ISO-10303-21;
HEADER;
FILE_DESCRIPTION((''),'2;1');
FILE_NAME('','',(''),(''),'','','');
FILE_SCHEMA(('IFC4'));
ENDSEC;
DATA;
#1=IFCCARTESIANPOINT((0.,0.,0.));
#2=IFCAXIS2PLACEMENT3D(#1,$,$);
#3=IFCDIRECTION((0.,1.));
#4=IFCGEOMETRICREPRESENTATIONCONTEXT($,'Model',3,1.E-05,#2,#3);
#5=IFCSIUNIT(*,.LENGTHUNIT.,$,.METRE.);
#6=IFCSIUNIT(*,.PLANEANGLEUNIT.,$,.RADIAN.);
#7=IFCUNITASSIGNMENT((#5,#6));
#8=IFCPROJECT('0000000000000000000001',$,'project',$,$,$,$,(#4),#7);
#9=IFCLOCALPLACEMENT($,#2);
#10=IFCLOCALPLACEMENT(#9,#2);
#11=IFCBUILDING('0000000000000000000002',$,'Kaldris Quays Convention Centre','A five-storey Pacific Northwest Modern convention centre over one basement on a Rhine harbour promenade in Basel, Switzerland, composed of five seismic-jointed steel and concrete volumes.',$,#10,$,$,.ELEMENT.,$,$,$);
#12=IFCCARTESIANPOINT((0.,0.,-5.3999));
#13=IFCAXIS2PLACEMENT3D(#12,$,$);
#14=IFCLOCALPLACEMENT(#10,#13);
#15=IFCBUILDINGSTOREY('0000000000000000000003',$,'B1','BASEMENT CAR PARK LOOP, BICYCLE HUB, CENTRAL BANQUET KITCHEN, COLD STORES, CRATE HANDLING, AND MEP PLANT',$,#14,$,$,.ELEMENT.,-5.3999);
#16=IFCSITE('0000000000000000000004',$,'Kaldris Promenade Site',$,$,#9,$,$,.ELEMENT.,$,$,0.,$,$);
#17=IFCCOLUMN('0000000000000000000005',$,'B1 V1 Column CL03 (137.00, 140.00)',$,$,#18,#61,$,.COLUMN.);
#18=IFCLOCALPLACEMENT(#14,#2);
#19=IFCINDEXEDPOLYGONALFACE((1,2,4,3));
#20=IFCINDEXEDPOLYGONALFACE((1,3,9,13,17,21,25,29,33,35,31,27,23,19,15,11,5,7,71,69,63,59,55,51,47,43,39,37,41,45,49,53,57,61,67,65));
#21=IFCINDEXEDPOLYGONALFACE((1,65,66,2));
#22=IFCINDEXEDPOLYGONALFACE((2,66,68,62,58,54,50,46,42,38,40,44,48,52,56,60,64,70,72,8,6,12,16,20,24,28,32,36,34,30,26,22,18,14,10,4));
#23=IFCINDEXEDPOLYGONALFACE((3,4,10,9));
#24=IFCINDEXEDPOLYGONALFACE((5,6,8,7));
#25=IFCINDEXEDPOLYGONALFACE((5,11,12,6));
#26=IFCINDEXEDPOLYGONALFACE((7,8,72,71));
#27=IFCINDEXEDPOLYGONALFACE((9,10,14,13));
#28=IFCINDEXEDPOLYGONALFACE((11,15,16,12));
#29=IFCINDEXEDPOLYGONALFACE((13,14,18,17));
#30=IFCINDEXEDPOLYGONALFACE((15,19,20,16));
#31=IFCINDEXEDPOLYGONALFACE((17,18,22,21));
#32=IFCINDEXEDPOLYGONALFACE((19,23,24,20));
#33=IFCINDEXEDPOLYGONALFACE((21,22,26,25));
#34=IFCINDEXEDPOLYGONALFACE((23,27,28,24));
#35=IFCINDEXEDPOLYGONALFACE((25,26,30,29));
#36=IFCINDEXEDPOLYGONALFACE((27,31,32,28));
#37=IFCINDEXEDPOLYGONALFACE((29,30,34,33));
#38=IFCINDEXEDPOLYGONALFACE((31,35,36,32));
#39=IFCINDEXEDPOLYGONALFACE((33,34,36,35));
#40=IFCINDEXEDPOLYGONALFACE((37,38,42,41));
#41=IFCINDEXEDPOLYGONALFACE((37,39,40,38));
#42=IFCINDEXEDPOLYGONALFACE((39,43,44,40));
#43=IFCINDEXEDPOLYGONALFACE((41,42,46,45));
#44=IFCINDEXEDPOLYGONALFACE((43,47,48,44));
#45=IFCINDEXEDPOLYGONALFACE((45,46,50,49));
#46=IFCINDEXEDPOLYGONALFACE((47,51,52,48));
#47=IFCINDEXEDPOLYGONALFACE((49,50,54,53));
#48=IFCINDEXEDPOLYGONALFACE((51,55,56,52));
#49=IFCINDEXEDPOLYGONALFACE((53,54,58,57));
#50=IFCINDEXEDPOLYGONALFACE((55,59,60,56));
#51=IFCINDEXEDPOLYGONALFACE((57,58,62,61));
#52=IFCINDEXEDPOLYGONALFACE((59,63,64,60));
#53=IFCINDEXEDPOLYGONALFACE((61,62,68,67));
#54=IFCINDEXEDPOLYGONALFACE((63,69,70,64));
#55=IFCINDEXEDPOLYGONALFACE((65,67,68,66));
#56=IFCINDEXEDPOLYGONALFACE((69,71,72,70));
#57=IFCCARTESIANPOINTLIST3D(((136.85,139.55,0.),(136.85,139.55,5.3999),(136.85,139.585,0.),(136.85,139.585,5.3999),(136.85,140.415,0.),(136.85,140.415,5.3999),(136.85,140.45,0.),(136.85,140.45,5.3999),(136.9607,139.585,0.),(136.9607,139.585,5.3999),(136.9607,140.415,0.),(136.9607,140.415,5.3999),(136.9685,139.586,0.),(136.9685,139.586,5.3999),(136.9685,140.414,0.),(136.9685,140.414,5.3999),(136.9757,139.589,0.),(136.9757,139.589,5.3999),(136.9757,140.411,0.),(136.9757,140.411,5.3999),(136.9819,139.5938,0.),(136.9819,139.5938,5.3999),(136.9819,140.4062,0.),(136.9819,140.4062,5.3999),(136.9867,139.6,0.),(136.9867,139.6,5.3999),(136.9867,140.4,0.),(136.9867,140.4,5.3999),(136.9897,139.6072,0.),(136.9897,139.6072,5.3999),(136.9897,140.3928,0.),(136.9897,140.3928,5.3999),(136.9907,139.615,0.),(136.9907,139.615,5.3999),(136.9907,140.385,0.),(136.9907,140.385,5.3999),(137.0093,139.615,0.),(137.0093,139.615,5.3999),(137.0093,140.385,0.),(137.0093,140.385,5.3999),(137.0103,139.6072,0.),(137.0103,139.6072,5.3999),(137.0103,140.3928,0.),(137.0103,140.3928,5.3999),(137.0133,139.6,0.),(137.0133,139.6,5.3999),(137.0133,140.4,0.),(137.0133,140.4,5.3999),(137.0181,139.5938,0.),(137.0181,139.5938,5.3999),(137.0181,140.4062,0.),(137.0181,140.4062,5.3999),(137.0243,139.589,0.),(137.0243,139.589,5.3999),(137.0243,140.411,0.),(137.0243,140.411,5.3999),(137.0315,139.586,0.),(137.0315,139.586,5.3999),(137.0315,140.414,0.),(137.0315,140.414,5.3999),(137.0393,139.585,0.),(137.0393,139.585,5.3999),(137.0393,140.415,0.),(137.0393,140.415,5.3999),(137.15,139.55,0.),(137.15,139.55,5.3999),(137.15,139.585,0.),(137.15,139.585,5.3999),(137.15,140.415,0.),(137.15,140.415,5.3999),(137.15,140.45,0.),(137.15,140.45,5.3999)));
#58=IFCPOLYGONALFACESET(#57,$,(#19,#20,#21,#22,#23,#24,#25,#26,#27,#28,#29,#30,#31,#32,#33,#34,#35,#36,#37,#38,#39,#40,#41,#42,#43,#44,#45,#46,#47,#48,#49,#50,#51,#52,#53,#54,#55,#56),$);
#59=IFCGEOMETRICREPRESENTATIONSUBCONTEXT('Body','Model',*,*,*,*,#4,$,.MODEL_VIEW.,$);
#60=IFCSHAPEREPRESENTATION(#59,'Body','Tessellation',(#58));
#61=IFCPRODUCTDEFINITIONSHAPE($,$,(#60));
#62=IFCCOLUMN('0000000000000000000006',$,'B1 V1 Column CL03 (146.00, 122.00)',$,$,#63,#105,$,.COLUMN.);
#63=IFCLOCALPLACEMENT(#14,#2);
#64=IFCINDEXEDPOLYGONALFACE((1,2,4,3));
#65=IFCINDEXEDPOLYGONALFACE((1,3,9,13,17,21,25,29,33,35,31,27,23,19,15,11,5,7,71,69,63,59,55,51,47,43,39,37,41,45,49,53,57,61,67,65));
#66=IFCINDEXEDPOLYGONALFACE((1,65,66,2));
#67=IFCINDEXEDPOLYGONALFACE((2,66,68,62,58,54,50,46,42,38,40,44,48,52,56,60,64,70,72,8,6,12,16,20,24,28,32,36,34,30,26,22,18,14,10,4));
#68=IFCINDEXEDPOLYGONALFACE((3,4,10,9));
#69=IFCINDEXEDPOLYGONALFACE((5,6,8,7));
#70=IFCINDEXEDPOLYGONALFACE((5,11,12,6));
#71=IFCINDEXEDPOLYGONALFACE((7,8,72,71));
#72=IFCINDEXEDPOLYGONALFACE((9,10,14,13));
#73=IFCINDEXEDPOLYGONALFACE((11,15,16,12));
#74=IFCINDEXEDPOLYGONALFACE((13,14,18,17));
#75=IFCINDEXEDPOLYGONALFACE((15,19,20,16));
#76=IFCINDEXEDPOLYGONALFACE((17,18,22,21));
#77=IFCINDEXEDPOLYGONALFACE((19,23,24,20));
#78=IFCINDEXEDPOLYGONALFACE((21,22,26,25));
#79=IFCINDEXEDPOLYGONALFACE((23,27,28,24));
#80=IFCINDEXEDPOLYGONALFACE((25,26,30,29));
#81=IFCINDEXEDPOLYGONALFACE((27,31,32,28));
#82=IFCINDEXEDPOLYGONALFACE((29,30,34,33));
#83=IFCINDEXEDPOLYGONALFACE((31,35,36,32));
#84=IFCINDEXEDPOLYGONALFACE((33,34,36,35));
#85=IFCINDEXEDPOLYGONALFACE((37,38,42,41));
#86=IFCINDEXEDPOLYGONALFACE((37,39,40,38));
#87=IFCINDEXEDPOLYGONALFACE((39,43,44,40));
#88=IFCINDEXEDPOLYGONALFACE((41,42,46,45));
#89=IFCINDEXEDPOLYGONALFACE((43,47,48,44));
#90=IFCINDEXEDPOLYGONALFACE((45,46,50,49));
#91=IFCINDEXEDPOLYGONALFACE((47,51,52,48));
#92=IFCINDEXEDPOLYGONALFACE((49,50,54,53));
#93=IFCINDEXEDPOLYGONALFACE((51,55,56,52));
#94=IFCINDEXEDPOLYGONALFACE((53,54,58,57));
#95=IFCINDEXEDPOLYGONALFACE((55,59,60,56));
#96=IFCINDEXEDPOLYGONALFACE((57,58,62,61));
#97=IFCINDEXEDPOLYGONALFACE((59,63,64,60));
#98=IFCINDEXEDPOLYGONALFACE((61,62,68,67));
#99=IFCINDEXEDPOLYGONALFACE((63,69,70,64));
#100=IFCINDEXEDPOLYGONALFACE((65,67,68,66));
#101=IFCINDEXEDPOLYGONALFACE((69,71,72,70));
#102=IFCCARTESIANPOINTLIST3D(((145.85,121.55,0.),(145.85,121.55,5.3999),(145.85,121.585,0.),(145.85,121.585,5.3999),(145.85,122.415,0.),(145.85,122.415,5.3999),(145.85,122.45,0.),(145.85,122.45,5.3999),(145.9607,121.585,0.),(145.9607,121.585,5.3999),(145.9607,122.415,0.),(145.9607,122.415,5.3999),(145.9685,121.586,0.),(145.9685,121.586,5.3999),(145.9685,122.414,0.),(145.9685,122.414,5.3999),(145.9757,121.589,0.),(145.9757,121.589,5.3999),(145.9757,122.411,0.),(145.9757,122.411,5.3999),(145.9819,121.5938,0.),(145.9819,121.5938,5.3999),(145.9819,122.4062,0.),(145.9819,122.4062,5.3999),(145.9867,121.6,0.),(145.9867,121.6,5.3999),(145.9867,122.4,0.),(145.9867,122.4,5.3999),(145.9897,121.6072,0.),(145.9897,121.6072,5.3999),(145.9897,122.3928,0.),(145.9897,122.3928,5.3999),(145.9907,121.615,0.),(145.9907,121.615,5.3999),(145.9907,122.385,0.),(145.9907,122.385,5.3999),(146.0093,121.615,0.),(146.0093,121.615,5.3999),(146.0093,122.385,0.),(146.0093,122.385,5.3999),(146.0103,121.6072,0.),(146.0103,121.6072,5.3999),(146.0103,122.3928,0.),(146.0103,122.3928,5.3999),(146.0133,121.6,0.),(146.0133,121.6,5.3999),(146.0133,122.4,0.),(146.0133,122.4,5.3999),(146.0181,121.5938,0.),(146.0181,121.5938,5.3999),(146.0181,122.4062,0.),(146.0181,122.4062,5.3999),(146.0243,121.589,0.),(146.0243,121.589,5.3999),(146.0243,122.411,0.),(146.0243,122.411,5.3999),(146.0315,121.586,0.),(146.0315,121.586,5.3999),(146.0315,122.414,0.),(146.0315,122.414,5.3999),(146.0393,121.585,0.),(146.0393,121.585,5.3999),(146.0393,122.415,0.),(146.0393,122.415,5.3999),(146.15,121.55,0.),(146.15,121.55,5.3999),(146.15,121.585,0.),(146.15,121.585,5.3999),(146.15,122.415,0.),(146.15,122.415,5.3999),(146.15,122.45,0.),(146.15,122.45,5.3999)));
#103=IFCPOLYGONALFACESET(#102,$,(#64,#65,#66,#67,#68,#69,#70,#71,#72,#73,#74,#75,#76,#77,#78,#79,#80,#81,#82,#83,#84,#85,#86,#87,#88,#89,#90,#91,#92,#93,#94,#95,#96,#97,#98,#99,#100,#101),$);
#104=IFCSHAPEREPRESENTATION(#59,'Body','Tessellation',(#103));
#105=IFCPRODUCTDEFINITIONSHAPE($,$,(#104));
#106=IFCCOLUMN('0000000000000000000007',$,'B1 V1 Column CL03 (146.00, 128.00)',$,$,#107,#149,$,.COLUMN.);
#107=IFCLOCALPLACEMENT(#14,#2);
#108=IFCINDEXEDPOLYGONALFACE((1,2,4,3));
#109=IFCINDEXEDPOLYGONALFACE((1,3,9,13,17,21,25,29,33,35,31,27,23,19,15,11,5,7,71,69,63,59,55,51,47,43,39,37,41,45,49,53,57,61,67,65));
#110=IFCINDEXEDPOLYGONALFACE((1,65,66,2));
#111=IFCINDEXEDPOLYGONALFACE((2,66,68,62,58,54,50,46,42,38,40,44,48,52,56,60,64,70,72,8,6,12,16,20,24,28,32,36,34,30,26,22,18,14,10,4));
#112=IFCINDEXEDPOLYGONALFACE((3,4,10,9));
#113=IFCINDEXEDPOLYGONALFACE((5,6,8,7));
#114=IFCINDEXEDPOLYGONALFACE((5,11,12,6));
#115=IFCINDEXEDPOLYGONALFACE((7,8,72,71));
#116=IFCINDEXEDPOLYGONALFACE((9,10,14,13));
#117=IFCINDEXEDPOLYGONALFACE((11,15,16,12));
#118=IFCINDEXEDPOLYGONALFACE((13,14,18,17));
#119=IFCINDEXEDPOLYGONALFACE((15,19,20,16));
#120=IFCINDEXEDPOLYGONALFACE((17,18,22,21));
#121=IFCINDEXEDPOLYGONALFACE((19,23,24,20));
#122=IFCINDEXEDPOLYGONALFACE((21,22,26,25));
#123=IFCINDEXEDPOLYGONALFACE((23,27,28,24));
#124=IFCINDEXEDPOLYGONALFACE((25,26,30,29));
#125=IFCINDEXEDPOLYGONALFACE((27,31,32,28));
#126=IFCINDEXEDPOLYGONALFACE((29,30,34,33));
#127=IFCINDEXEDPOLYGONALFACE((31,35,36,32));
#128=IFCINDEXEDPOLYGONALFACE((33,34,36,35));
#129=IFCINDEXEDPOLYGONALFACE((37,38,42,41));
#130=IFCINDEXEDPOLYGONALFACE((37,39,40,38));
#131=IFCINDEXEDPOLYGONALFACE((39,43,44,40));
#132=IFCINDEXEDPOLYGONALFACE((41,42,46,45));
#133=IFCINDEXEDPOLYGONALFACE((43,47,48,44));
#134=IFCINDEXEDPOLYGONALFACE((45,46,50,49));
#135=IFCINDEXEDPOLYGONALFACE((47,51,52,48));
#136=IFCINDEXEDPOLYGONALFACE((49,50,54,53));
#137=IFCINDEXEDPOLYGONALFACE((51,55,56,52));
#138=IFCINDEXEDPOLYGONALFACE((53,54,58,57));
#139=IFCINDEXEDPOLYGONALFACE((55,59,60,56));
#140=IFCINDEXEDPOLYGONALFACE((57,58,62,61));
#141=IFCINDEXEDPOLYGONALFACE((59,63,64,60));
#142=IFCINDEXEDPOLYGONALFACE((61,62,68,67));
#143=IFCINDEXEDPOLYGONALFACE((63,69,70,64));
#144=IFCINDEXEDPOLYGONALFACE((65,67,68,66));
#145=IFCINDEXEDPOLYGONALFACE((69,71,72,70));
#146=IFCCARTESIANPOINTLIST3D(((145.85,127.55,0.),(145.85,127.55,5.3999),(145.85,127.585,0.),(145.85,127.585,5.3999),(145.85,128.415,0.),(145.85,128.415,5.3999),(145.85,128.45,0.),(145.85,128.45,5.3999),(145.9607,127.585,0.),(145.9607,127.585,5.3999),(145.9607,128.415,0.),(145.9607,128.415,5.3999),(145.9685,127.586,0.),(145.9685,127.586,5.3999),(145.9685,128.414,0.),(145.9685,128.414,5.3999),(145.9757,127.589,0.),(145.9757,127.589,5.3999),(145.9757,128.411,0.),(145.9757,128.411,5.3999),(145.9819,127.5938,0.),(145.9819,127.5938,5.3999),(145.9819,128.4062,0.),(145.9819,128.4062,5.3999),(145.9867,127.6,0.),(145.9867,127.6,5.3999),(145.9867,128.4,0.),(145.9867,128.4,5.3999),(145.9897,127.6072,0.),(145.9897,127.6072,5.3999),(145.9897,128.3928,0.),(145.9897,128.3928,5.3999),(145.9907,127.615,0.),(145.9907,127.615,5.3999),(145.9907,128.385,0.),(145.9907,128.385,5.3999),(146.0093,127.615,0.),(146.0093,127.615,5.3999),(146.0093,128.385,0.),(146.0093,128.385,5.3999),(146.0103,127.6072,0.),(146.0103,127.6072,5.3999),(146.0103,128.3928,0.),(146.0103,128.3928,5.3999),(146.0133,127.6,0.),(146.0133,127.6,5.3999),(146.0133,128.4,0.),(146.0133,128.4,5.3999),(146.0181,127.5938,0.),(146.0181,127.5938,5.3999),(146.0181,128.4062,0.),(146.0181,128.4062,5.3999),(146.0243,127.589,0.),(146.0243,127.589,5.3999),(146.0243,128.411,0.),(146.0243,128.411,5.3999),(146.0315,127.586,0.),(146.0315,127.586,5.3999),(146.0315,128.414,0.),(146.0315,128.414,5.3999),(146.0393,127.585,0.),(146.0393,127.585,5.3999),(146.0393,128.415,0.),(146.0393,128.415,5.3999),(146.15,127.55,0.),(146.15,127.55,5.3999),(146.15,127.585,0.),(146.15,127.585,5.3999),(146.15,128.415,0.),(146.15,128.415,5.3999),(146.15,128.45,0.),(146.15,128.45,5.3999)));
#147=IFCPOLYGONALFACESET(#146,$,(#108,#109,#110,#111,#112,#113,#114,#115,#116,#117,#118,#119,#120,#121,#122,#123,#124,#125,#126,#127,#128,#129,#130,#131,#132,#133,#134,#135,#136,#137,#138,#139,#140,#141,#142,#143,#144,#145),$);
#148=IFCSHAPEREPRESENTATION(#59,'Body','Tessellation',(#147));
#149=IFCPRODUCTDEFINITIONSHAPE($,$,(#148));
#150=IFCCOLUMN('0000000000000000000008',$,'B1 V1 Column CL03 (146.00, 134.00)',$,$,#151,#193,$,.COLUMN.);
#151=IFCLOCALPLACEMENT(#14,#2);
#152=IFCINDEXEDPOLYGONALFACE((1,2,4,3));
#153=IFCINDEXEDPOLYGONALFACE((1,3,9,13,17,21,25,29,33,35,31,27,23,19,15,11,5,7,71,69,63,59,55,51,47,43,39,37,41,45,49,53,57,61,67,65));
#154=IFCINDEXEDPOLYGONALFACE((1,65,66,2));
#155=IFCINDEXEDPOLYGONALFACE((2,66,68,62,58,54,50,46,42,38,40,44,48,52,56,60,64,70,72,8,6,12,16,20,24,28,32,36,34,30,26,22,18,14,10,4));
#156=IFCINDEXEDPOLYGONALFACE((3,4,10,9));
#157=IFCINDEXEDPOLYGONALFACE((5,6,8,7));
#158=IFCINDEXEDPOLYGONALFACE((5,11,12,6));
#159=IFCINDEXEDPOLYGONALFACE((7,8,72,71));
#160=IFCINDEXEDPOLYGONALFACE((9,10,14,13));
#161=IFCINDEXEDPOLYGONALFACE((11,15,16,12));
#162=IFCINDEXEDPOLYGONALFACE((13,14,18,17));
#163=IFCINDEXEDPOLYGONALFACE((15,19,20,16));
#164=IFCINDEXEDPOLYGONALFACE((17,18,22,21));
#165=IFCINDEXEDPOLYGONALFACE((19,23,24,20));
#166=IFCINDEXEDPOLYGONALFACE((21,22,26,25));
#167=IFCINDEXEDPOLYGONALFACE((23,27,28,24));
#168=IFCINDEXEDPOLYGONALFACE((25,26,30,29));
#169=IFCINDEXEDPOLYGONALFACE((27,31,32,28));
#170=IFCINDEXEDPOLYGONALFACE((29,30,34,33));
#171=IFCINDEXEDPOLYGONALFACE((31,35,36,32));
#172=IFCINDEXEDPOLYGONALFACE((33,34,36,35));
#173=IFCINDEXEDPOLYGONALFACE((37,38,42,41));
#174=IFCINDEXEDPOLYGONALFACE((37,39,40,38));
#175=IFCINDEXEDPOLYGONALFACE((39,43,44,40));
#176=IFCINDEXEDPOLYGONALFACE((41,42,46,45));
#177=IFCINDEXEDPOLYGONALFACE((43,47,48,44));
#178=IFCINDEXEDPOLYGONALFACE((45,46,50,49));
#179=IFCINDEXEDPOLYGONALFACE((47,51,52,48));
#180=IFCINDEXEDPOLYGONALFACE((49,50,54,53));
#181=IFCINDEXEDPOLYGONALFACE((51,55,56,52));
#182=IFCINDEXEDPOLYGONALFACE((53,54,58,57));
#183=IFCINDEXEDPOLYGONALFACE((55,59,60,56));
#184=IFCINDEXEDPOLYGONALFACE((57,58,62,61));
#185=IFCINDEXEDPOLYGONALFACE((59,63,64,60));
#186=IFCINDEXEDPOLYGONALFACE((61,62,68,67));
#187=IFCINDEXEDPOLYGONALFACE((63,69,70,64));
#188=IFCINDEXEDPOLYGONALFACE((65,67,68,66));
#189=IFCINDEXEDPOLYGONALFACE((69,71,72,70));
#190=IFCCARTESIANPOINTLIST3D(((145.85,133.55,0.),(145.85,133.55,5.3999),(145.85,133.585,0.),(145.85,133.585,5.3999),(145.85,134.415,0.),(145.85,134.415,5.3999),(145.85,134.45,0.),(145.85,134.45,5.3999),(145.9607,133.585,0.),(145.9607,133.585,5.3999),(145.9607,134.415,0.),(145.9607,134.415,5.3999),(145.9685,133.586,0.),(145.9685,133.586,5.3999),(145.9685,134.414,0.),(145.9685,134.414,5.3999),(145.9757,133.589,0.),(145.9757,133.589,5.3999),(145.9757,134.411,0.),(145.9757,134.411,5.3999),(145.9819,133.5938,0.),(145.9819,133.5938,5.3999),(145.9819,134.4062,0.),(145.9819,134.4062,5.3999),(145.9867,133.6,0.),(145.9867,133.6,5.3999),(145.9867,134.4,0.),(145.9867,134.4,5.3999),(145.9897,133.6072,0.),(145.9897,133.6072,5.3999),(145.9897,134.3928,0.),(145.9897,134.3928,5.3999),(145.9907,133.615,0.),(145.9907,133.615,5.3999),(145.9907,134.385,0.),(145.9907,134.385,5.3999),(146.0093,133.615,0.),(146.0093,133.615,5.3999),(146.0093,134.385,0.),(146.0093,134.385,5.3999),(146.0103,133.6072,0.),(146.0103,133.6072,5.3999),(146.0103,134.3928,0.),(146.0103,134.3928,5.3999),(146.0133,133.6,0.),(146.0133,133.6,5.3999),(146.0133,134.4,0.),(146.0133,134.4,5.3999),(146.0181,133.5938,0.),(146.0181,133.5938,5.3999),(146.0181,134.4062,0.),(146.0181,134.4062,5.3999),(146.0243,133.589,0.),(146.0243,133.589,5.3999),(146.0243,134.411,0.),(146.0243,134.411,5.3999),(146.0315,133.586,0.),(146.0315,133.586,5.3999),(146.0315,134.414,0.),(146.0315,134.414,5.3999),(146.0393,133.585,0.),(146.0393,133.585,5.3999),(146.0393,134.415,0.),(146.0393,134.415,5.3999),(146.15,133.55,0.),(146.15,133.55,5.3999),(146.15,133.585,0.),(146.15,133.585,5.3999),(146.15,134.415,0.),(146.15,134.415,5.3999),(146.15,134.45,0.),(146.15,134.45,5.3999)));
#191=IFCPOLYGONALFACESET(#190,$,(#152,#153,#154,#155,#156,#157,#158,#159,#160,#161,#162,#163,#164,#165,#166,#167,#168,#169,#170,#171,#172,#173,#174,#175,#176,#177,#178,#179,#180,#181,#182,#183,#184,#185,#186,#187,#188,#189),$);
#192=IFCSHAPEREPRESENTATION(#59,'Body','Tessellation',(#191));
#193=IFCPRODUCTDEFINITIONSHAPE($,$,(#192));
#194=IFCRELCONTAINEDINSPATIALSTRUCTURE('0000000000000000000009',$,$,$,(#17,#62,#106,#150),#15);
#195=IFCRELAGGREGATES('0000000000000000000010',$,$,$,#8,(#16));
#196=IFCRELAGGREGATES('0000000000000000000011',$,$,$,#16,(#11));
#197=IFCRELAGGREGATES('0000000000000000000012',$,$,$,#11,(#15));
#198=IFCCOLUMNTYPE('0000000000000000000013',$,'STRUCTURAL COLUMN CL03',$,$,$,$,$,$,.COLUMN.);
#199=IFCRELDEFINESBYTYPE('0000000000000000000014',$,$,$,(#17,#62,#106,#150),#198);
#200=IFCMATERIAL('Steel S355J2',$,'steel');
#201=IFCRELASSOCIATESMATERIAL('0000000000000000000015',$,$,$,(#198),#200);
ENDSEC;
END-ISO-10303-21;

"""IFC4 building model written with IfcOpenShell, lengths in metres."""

from ifc_helpers import new_model, si_unit, direction, frame, origin, origin_2d, place, context, subcontext, project, spatial, i_section, extrude, material, material_profile, profile_set, type_object, element, save


model = new_model("IFC4")

# Units and contexts
model_context = context("Model", 3, precision=1e-05, world=origin(), true_north=direction((0.0, 1.0)))
body_context = subcontext(model_context, "Body", "Model", "MODEL_VIEW")
ifc_project = project(units=[si_unit("LENGTHUNIT", "METRE"), si_unit("PLANEANGLEUNIT", "RADIAN")], contexts=[model_context])

# Site, building, storey
site_placement = place(None, origin())
site = spatial("IfcSite", under=ifc_project, at=site_placement, Name="Kaldris Promenade Site", CompositionType="ELEMENT", RefElevation=0.0)
building_placement = place(site_placement, origin())
building = spatial("IfcBuilding", under=site, at=building_placement, Name="Kaldris Quays Convention Centre", Description="A five-storey Pacific Northwest Modern convention centre over one basement on a Rhine harbour promenade in Basel, Switzerland, composed of five seismic-jointed steel and concrete volumes.", CompositionType="ELEMENT")
storey_placement = place(building_placement, frame((0.0, 0.0, -5.3999)))
storey = spatial("IfcBuildingStorey", under=building, at=storey_placement, Name="B1", Description="BASEMENT CAR PARK LOOP, BICYCLE HUB, CENTRAL BANQUET KITCHEN, COLD STORES, CRATE HANDLING, AND MEP PLANT", CompositionType="ELEMENT", Elevation=-5.3999)

# Columns
ifc_material_1 = material(Name="Steel S355J2", Category="steel")
ifc_material_profile_1 = material_profile(ifc_material_1, i_section(OverallWidth=0.3, OverallDepth=0.8999, WebThickness=0.0186, FlangeThickness=0.0349, FilletRadius=0.03, at=origin_2d()), Name="HEB 900")
ifc_profile_set_1 = profile_set([ifc_material_profile_1], Name="Steel S355J2")
column_type = type_object("IfcColumnType", Name="STRUCTURAL COLUMN CL03", PredefinedType="COLUMN", material=ifc_profile_set_1)
for number, where, z_axis, x_axis, name in (
    (1, (137.0, 140.0, 0.0), (0.0, 0.0, 1.0), (1.0, 0.0, 0.0), "B1 V1 Column CL03 (137.00, 140.00)"),
    (2, (146.0, 122.0, 0.0), (0.0, 0.0, 1.0), (1.0, 0.0, 0.0), "B1 V1 Column CL03 (146.00, 122.00)"),
    (3, (146.0, 128.0, 0.0), (0.0, 0.0, 1.0), (1.0, 0.0, 0.0), "B1 V1 Column CL03 (146.00, 128.00)"),
    (4, (146.0, 134.0, 0.0), (0.0, 0.0, 1.0), (1.0, 0.0, 0.0), "B1 V1 Column CL03 (146.00, 134.00)"),
):
    element("IfcColumn", number, at=place(storey_placement, frame(where, z_axis=z_axis, x_axis=x_axis)), inside=storey, type_object=column_type, Name=name, PredefinedType="COLUMN", context=body_context, shape_type="SweptSolid", body=[
        extrude(i_section(OverallWidth=0.3, OverallDepth=0.8999, WebThickness=0.0186, FlangeThickness=0.0349, FilletRadius=0.03, at=origin_2d()), origin(), (0.0, 0.0, 1.0), 5.3999),
    ])

save(model, "model.ifc")
